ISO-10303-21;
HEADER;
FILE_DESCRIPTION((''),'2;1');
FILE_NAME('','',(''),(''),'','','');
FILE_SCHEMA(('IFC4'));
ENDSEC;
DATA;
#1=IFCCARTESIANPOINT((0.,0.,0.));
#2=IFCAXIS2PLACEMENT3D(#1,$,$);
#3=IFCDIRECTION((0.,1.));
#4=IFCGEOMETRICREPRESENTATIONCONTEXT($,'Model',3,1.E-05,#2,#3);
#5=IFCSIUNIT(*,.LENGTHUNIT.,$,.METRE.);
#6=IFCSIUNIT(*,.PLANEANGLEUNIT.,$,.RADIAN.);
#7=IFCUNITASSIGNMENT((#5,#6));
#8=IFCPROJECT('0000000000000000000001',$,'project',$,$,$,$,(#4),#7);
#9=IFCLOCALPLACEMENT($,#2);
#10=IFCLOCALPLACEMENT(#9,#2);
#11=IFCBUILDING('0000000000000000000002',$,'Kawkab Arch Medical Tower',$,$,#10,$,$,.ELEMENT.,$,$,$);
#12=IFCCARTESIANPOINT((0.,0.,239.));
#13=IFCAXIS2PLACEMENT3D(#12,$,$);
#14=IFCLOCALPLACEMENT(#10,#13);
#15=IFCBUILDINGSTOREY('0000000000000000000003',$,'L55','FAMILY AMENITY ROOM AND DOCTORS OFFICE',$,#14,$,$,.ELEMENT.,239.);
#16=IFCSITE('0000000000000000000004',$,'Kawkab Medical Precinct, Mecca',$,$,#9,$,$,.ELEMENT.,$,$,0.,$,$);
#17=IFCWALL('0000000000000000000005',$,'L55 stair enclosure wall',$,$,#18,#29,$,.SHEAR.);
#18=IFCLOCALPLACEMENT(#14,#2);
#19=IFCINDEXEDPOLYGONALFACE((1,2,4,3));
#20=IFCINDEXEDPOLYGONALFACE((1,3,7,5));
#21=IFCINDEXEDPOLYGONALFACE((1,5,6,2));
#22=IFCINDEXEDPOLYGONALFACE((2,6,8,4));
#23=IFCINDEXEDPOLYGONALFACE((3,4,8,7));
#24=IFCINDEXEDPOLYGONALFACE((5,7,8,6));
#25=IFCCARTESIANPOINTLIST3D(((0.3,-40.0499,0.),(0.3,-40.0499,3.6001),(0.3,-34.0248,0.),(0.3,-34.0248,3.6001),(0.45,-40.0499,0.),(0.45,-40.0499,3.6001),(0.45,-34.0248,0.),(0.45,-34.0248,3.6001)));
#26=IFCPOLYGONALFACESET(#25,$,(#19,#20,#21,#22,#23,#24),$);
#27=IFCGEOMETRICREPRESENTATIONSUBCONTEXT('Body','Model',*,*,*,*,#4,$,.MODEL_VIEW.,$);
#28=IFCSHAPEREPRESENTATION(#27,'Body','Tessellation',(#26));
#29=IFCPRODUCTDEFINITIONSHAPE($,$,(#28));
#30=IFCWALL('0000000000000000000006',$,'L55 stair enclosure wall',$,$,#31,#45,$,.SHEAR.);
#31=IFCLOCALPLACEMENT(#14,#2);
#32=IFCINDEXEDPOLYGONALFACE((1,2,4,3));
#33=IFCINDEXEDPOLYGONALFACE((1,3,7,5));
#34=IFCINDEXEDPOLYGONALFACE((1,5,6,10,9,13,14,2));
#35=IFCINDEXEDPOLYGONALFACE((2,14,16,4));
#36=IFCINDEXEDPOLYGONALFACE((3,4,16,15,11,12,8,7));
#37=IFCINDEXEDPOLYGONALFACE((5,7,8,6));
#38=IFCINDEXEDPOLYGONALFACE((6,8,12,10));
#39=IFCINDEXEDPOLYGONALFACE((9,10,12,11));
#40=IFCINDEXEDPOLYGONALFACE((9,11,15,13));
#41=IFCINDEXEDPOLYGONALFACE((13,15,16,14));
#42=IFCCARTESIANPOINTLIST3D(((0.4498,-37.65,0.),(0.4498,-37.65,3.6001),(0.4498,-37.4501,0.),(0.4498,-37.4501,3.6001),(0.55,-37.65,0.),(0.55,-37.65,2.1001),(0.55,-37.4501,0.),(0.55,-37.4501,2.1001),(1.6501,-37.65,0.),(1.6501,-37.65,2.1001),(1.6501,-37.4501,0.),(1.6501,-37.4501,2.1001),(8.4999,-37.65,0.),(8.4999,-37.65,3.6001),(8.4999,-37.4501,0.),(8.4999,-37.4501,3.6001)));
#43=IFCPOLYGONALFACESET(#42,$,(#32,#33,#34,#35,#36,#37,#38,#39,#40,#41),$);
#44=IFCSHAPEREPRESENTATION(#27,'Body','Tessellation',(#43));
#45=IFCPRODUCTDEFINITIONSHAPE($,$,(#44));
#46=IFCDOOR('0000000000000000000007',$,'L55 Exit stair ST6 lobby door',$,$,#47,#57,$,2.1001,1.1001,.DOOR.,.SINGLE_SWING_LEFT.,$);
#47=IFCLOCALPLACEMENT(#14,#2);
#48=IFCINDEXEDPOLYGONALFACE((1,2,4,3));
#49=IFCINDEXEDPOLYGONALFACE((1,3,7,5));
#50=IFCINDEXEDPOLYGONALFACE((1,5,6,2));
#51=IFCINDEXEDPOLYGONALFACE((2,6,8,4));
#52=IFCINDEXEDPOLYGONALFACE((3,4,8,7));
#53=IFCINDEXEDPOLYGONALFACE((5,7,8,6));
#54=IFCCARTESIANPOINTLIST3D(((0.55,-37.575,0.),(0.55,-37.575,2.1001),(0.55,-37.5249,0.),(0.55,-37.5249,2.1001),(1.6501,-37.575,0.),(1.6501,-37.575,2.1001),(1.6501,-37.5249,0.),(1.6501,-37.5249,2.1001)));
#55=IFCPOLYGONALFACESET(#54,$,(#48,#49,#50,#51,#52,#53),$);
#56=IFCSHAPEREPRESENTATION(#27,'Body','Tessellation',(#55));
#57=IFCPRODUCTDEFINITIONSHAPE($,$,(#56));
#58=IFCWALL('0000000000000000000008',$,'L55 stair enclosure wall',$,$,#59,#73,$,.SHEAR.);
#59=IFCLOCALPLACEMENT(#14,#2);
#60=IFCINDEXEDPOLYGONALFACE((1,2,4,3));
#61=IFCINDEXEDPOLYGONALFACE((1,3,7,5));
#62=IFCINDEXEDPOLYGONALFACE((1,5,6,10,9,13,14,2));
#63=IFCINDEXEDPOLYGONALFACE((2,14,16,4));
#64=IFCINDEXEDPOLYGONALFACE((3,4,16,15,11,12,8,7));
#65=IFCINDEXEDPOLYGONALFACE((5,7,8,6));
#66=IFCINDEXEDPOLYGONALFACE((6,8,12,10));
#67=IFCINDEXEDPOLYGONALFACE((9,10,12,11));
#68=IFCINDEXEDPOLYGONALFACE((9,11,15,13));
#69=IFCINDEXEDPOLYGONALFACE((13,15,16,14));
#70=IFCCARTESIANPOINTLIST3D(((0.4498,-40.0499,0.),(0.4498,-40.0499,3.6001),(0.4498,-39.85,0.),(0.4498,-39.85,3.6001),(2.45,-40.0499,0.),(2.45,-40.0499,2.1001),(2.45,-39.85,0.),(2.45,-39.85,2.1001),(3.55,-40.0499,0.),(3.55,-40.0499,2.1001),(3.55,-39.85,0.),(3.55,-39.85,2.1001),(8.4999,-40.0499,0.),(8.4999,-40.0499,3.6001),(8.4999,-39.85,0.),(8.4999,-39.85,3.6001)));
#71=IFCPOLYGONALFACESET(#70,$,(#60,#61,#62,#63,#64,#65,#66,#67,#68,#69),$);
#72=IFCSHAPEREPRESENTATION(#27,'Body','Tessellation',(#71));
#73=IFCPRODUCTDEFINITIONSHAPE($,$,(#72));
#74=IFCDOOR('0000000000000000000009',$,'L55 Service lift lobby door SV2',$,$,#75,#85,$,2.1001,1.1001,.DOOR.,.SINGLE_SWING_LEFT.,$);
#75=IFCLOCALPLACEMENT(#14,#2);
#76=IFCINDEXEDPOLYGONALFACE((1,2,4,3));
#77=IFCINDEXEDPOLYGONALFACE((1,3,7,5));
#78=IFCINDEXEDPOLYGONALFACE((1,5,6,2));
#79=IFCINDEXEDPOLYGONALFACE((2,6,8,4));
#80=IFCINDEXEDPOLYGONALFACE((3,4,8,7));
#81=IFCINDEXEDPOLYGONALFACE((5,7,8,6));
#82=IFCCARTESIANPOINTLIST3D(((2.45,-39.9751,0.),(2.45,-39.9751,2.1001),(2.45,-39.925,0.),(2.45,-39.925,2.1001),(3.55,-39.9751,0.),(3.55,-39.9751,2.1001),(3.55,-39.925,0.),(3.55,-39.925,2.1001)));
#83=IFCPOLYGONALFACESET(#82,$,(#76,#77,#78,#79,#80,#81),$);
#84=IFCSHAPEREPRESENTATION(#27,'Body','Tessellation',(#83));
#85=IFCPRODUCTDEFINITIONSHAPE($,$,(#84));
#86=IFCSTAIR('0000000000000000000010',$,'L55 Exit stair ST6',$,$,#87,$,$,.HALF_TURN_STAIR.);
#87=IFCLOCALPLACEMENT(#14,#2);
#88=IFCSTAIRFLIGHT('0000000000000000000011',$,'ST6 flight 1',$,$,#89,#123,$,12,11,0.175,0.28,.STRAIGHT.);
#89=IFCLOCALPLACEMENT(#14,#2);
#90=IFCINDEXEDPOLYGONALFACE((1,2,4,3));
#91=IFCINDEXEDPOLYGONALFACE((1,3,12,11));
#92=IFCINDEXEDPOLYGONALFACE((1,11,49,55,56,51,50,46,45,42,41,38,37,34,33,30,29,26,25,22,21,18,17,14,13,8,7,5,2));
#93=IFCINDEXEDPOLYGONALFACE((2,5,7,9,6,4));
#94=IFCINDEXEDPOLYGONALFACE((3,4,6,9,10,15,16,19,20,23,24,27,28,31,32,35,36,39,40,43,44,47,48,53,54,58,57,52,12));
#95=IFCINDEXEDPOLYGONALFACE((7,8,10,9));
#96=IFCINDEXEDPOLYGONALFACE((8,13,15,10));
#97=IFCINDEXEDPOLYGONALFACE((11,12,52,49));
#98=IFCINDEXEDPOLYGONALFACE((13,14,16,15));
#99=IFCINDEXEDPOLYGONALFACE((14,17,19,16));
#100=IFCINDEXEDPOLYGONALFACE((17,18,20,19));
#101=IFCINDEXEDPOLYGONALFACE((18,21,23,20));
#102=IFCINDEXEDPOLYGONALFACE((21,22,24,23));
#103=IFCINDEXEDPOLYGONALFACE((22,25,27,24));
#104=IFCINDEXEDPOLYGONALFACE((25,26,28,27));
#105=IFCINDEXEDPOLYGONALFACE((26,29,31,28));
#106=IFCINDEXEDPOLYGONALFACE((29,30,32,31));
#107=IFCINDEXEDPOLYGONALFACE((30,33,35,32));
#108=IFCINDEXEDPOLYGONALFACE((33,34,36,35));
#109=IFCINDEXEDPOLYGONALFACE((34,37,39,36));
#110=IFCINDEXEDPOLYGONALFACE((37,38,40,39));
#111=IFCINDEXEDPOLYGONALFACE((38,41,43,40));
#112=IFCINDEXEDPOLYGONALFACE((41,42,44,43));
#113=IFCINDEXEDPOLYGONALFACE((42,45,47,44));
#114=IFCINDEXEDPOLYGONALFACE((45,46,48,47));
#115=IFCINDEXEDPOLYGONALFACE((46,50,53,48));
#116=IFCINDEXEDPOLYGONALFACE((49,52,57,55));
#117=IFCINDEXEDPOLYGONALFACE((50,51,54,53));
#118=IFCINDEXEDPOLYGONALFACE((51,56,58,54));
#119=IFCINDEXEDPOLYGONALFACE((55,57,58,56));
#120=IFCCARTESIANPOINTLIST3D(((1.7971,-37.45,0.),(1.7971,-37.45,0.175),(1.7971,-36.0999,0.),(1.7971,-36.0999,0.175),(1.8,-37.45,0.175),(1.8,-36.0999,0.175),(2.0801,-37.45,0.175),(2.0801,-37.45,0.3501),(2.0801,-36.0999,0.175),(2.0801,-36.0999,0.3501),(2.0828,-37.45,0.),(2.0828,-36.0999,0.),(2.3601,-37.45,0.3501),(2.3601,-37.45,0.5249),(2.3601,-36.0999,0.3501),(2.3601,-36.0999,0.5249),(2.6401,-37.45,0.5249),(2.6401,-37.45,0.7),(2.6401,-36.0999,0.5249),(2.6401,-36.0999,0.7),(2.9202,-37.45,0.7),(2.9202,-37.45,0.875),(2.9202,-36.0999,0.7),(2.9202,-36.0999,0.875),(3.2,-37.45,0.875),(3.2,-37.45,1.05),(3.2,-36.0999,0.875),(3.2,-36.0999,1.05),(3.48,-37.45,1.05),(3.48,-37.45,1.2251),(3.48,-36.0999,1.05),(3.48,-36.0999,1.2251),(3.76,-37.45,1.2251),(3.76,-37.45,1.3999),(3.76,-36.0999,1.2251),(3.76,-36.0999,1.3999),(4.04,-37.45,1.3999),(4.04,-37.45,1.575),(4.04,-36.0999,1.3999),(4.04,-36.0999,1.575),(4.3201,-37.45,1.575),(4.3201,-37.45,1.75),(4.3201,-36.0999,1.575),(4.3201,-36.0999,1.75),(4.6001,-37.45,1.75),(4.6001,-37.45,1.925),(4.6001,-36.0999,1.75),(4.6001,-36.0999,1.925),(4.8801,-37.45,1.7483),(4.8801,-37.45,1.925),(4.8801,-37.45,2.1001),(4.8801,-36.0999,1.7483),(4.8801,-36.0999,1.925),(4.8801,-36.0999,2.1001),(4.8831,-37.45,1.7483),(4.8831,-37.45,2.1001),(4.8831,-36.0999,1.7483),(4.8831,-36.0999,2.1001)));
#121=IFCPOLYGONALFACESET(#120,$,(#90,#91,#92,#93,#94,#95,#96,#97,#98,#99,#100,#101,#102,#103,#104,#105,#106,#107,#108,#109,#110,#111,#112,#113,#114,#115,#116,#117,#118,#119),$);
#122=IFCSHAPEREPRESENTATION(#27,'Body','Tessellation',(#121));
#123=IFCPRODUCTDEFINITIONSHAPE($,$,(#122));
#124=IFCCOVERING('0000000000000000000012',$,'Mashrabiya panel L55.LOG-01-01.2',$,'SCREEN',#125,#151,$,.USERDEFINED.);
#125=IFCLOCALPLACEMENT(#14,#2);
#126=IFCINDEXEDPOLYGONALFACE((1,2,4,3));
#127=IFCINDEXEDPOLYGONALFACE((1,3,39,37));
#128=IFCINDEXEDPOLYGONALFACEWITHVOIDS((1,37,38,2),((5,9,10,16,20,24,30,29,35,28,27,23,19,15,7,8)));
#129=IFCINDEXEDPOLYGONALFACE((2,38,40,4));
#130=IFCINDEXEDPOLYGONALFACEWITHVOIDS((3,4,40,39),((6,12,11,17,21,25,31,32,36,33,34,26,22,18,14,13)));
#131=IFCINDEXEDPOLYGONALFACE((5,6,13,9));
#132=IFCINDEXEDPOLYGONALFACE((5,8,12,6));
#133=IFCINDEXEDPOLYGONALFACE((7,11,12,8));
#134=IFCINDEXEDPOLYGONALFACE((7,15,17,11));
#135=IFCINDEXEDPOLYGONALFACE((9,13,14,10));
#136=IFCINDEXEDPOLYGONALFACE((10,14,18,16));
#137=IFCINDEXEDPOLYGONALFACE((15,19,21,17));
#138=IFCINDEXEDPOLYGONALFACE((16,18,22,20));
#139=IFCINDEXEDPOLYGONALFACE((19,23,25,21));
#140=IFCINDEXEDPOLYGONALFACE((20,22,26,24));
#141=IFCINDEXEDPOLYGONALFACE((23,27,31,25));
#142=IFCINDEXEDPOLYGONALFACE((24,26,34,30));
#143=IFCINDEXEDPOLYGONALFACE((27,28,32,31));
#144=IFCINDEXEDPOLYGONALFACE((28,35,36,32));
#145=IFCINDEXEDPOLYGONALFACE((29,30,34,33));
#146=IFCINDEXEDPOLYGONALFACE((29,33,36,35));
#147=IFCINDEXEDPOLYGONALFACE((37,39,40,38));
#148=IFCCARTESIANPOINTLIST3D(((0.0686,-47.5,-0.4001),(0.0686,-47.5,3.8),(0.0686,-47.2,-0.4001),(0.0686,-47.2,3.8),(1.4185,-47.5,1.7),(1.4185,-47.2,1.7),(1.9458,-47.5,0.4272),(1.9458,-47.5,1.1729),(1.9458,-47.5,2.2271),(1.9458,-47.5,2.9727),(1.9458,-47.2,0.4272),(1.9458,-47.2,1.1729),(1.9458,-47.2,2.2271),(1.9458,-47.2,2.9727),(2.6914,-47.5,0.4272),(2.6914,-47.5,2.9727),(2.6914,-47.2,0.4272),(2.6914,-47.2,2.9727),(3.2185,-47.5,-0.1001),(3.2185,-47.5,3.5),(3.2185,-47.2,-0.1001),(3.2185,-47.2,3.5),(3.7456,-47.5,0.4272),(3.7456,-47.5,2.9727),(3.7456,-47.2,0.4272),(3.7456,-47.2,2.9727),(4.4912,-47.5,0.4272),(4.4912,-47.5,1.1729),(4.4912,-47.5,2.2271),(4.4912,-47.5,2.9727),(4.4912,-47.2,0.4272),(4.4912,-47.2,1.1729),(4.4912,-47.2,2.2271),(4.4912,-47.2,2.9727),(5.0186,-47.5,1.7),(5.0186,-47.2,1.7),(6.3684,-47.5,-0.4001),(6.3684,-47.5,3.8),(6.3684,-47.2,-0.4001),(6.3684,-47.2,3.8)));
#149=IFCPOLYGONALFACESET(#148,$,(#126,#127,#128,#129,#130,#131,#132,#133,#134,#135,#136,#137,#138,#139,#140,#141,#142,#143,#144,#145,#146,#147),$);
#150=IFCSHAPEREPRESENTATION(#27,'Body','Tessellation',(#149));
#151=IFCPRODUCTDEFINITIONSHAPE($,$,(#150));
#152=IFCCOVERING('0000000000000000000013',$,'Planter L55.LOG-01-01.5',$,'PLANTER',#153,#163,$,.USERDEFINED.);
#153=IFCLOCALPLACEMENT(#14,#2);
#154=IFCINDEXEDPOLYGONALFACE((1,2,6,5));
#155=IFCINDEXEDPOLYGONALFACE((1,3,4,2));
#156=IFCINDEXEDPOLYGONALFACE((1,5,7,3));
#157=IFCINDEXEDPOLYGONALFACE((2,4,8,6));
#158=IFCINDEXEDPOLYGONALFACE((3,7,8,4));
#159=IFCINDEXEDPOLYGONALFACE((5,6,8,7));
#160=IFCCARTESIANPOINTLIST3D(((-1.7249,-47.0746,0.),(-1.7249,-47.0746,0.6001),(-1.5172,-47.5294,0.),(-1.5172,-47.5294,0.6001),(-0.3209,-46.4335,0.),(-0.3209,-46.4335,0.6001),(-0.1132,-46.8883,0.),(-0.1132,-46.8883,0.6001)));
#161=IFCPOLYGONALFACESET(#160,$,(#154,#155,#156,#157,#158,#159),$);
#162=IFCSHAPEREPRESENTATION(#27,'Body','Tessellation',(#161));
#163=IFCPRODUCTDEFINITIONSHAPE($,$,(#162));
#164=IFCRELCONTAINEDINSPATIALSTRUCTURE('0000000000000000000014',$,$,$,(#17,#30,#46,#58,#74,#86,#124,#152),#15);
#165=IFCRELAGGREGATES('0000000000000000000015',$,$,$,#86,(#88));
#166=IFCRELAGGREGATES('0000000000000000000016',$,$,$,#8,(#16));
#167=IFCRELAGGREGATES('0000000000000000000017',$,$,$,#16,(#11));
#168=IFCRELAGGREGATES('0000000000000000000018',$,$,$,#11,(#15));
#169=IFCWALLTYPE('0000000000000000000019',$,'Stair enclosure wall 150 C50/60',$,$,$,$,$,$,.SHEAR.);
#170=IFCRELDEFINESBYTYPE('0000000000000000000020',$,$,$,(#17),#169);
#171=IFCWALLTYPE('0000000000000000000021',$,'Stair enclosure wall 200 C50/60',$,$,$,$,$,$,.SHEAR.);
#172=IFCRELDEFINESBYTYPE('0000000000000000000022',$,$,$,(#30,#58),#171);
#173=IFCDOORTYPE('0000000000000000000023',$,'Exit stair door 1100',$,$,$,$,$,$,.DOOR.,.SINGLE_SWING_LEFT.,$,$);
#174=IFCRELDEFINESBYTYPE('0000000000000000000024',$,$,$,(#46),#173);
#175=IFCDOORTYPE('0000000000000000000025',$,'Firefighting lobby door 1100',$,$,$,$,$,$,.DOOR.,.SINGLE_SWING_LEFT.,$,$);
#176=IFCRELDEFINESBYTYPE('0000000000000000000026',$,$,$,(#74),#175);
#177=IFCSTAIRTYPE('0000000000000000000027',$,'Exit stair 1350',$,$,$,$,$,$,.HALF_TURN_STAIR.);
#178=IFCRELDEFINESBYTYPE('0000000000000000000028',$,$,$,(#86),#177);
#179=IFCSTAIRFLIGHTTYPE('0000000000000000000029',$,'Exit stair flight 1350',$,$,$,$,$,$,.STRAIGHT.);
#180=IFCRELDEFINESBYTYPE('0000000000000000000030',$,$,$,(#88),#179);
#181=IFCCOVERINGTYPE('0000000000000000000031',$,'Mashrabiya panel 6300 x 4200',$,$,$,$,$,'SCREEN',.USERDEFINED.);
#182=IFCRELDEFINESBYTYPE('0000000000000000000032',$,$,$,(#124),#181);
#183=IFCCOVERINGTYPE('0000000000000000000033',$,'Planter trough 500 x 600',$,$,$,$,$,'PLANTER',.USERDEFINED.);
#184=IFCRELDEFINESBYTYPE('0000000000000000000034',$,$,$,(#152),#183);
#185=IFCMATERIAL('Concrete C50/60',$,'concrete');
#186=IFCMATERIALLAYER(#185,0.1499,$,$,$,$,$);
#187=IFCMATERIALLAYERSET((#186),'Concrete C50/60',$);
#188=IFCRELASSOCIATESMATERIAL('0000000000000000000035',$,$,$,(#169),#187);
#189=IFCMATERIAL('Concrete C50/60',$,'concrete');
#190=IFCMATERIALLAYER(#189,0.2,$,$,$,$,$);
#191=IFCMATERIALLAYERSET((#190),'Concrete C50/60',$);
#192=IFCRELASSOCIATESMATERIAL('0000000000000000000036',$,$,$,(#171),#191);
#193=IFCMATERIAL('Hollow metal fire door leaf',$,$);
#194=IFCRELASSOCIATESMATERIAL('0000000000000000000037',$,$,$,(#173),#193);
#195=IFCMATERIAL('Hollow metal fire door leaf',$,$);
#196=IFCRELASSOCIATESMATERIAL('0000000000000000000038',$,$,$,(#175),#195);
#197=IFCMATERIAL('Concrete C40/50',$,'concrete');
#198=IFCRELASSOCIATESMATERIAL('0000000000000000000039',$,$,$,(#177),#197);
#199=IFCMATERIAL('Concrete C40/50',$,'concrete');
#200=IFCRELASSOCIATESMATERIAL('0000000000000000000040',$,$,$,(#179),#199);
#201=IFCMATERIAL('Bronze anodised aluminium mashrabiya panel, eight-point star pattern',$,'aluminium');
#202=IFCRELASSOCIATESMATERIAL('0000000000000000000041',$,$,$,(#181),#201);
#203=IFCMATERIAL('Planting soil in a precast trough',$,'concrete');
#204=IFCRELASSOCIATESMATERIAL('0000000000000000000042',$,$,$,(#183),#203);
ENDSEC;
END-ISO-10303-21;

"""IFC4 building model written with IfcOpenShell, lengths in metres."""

from ifc_helpers import new_model, si_unit, direction, frame, frame_2d, origin, origin_2d, place, context, subcontext, project, spatial, polyline, rectangle, outline, extrude, material, layer, layer_set, material_profile, profile_set, type_object, element, fill, aggregate, save


model = new_model("IFC4")

# Units and contexts
model_context = context("Model", 3, precision=1e-05, world=origin(), true_north=direction((0.0, 1.0)))
body_context = subcontext(model_context, "Body", "Model", "MODEL_VIEW")
ifc_project = project(units=[si_unit("LENGTHUNIT", "METRE"), si_unit("PLANEANGLEUNIT", "RADIAN")], contexts=[model_context])

# Site, building, storey
site_placement = place(None, origin())
site = spatial("IfcSite", under=ifc_project, at=site_placement, Name="Kawkab Medical Precinct, Mecca", CompositionType="ELEMENT", RefElevation=0.0)
building_placement = place(site_placement, origin())
building = spatial("IfcBuilding", under=site, at=building_placement, Name="Kawkab Arch Medical Tower", CompositionType="ELEMENT")
storey_placement = place(building_placement, frame((0.0, 0.0, 239.0)))
storey = spatial("IfcBuildingStorey", under=building, at=storey_placement, Name="L55", Description="FAMILY AMENITY ROOM AND DOCTORS OFFICE", CompositionType="ELEMENT", Elevation=239.0)

# Shared definitions
placement = place(storey_placement, origin())

# Wall
ifc_material_1 = material(Name="Concrete C50/60", Category="concrete")
ifc_layer_1 = layer(ifc_material_1, 0.1499)
ifc_layer_set_1 = layer_set([ifc_layer_1], Name="Concrete C50/60")
wall_type_1 = type_object("IfcWallType", Name="Stair enclosure wall 150 C50/60", PredefinedType="SHEAR", material=ifc_layer_set_1)
wall_1_placement = place(storey_placement, frame((0.375, -40.05, 0.0), z_axis=(0.0, 0.0, 1.0), x_axis=(0.0, 1.0, 0.0)))
element("IfcWall", 1, at=wall_1_placement, inside=storey, type_object=wall_type_1, Name="L55 stair enclosure wall", PredefinedType="SHEAR", context=body_context, shape_type="SweptSolid", body=[
    extrude(rectangle(XDim=6.0251, YDim=0.1499, at=frame_2d((3.0127, 0.0))), origin(), (0.0, 0.0, 1.0), 3.6001),
])

# Walls, openings, doors
ifc_material_2 = material(Name="Concrete C50/60", Category="concrete")
ifc_layer_2 = layer(ifc_material_2, 0.2)
ifc_layer_set_2 = layer_set([ifc_layer_2], Name="Concrete C50/60")
wall_type_2 = type_object("IfcWallType", Name="Stair enclosure wall 200 C50/60", PredefinedType="SHEAR", material=ifc_layer_set_2)
wall_2_placement = place(storey_placement, frame((0.45, -37.55, 0.0), z_axis=(0.0, 0.0, 1.0), x_axis=(1.0, 0.0, 0.0)))
wall_2 = element("IfcWall", 2, at=wall_2_placement, inside=storey, type_object=wall_type_2, Name="L55 stair enclosure wall", PredefinedType="SHEAR", context=body_context, shape_type="SweptSolid", body=[
    extrude(rectangle(XDim=8.05, YDim=0.2, at=frame_2d((4.0249, 0.0))), origin(), (0.0, 0.0, 1.0), 3.6001),
])
opening_1_placement = place(wall_2_placement, frame((0.1001, 0.0, 0.0)))
opening_1 = element("IfcOpeningElement", 3, at=opening_1_placement, cuts=wall_2, PredefinedType="OPENING", context=body_context, shape_type="SweptSolid", body=[
    extrude(rectangle(XDim=1.1001, YDim=2.1001, at=frame_2d((0.55, 1.05))), frame((0.0, 0.1099, 0.0), z_axis=(0.0, -1.0, 0.0), x_axis=(1.0, 0.0, 0.0)), (0.0, 0.0, 1.0), 0.22),
])
ifc_material_3 = material(Name="Hollow metal fire door leaf")
door_type_1 = type_object("IfcDoorType", Name="Exit stair door 1100", OperationType="SINGLE_SWING_LEFT", PredefinedType="DOOR", material=ifc_material_3)
door_1_placement = place(opening_1_placement, frame((1.1001, 0.0, 0.0), z_axis=(0.0, 0.0, 1.0), x_axis=(-1.0, 0.0, 0.0)))
door_1 = element("IfcDoor", 4, at=door_1_placement, inside=storey, type_object=door_type_1, Name="L55 Exit stair ST6 lobby door", OperationType="SINGLE_SWING_LEFT", OverallHeight=2.1001, OverallWidth=1.1001, PredefinedType="DOOR", context=body_context, shape_type="SweptSolid", body=[
    extrude(rectangle(XDim=1.1001, YDim=2.1001, at=frame_2d((0.55, 1.05))), frame((0.0, 0.0249, 0.0), z_axis=(0.0, -1.0, 0.0), x_axis=(1.0, 0.0, 0.0)), (0.0, 0.0, 1.0), 0.05),
])
fill(opening_1, door_1)
wall_3_placement = place(storey_placement, frame((0.45, -39.95, 0.0), z_axis=(0.0, 0.0, 1.0), x_axis=(1.0, 0.0, 0.0)))
wall_3 = element("IfcWall", 5, at=wall_3_placement, inside=storey, type_object=wall_type_2, Name="L55 stair enclosure wall", PredefinedType="SHEAR", context=body_context, shape_type="SweptSolid", body=[
    extrude(rectangle(XDim=8.05, YDim=0.2, at=frame_2d((4.0249, 0.0))), origin(), (0.0, 0.0, 1.0), 3.6001),
])
opening_2_placement = place(wall_3_placement, frame((2.0, 0.0, 0.0)))
opening_2 = element("IfcOpeningElement", 6, at=opening_2_placement, cuts=wall_3, PredefinedType="OPENING", context=body_context, shape_type="SweptSolid", body=[
    extrude(rectangle(XDim=1.1001, YDim=2.1001, at=frame_2d((0.55, 1.05))), frame((0.0, 0.1099, 0.0), z_axis=(0.0, -1.0, 0.0), x_axis=(1.0, 0.0, 0.0)), (0.0, 0.0, 1.0), 0.22),
])
ifc_material_4 = material(Name="Hollow metal fire door leaf")
door_type_2 = type_object("IfcDoorType", Name="Firefighting lobby door 1100", OperationType="SINGLE_SWING_LEFT", PredefinedType="DOOR", material=ifc_material_4)
door_2_placement = place(opening_2_placement, origin())
door_2 = element("IfcDoor", 7, at=door_2_placement, inside=storey, type_object=door_type_2, Name="L55 Service lift lobby door SV2", OperationType="SINGLE_SWING_LEFT", OverallHeight=2.1001, OverallWidth=1.1001, PredefinedType="DOOR", context=body_context, shape_type="SweptSolid", body=[
    extrude(rectangle(XDim=1.1001, YDim=2.1001, at=frame_2d((0.55, 1.05))), frame((0.0, 0.0249, 0.0), z_axis=(0.0, -1.0, 0.0), x_axis=(1.0, 0.0, 0.0)), (0.0, 0.0, 1.0), 0.05),
])
fill(opening_2, door_2)

# Stair, stair flight
ifc_material_5 = material(Name="Concrete C40/50", Category="concrete")
stair_type = type_object("IfcStairType", Name="Exit stair 1350", PredefinedType="HALF_TURN_STAIR", material=ifc_material_5)
stair = element("IfcStair", 8, at=placement, inside=storey, type_object=stair_type, Name="L55 Exit stair ST6", PredefinedType="HALF_TURN_STAIR")
ifc_material_6 = material(Name="Concrete C40/50", Category="concrete")
stair_flight_type = type_object("IfcStairFlightType", Name="Exit stair flight 1350", PredefinedType="STRAIGHT", material=ifc_material_6)
stair_flight_placement = place(storey_placement, frame((1.8, -36.7749, 0.0), z_axis=(0.0, 0.0, 1.0), x_axis=(1.0, 0.0, 0.0)))
stair_flight = element("IfcStairFlight", 9, at=stair_flight_placement, type_object=stair_flight_type, Name="ST6 flight 1", NumberOfRisers=12, NumberOfTreads=11, PredefinedType="STRAIGHT", RiserHeight=0.175, TreadLength=0.28, context=body_context, shape_type="SweptSolid", body=[
    extrude(outline(polyline([(-0.0029, 0.0), (-0.0029, 0.175), (0.0, 0.175), (0.28, 0.175), (0.28, 0.3501), (0.5601, 0.3501), (0.5601, 0.5249), (0.8401, 0.5249), (0.8401, 0.7), (1.1201, 0.7), (1.1201, 0.875), (1.3999, 0.875), (1.3999, 1.05), (1.6799, 1.05), (1.6799, 1.2251), (1.96, 1.2251), (1.96, 1.3999), (2.24, 1.3999), (2.24, 1.575), (2.52, 1.575), (2.52, 1.75), (2.8, 1.75), (2.8, 1.925), (3.0801, 1.925), (3.0801, 2.1001), (3.083, 2.1001), (3.083, 1.7483), (3.0801, 1.7483), (0.2827, 0.0), (-0.0029, 0.0)])), frame((0.0, 0.675, 0.0), z_axis=(0.0, -1.0, 0.0), x_axis=(1.0, 0.0, 0.0)), (0.0, 0.0, 1.0), 1.3501),
])
aggregate(stair, [stair_flight])

# Coverings
ifc_material_7 = material(Name="Bronze anodised aluminium mashrabiya panel, eight-point star pattern", Category="aluminium")
ifc_material_profile_1 = material_profile(ifc_material_7, outline(polyline([(-3.1499, -2.1001), (3.1499, -2.1001), (3.1499, 2.1001), (-3.1499, 2.1001), (-3.1499, -2.1001)]), holes=[polyline([(1.8, 0.0), (1.2727, 0.5271), (1.2727, 1.2727), (0.5271, 1.2727), (0.0, 1.8), (-0.5271, 1.2727), (-1.2727, 1.2727), (-1.2727, 0.5271), (-1.8, 0.0), (-1.2727, -0.5271), (-1.2727, -1.2727), (-0.5271, -1.2727), (0.0, -1.8), (0.5271, -1.2727), (1.2727, -1.2727), (1.2727, -0.5271), (1.8, 0.0)])]), Name="Mashrabiya panel 6300x4200")
ifc_profile_set_1 = profile_set([ifc_material_profile_1], Name="Bronze anodised aluminium mashrabiya panel, eight-point star pattern")
covering_type_1 = type_object("IfcCoveringType", Name="Mashrabiya panel 6300 x 4200", ElementType="SCREEN", PredefinedType="USERDEFINED", material=ifc_profile_set_1)
covering_1_placement = place(storey_placement, frame((3.2185, -47.2, 1.7), z_axis=(0.0, -1.0, 0.0), x_axis=(1.0, 0.0, 0.0)))
element("IfcCovering", 10, at=covering_1_placement, inside=storey, type_object=covering_type_1, Name="Mashrabiya panel L55.LOG-01-01.2", ObjectType="SCREEN", PredefinedType="USERDEFINED", context=body_context, shape_type="SweptSolid", body=[
    extrude(outline(polyline([(-3.1499, -2.1001), (3.1499, -2.1001), (3.1499, 2.1001), (-3.1499, 2.1001), (-3.1499, -2.1001)]), holes=[polyline([(1.8, 0.0), (1.2727, 0.5271), (1.2727, 1.2727), (0.5271, 1.2727), (0.0, 1.8), (-0.5271, 1.2727), (-1.2727, 1.2727), (-1.2727, 0.5271), (-1.8, 0.0), (-1.2727, -0.5271), (-1.2727, -1.2727), (-0.5271, -1.2727), (0.0, -1.8), (0.5271, -1.2727), (1.2727, -1.2727), (1.2727, -0.5271), (1.8, 0.0)])]), origin(), (0.0, 0.0, 1.0), 0.3),
])
ifc_material_8 = material(Name="Planting soil in a precast trough", Category="concrete")
ifc_material_profile_2 = material_profile(ifc_material_8, rectangle(XDim=0.5, YDim=0.6001, at=origin_2d()), Name="Trough 500x600")
ifc_profile_set_2 = profile_set([ifc_material_profile_2], Name="Planting soil in a precast trough")
covering_type_2 = type_object("IfcCoveringType", Name="Planter trough 500 x 600", ElementType="PLANTER", PredefinedType="USERDEFINED", material=ifc_profile_set_2)
covering_2_placement = place(storey_placement, frame((-0.217, -46.6609, 0.3), z_axis=(-0.909656, -0.415363, 0.0), x_axis=(0.415363, -0.909656, 0.0)))
element("IfcCovering", 11, at=covering_2_placement, inside=storey, type_object=covering_type_2, Name="Planter L55.LOG-01-01.5", ObjectType="PLANTER", PredefinedType="USERDEFINED", context=body_context, shape_type="SweptSolid", body=[
    extrude(rectangle(XDim=0.5, YDim=0.6001, at=origin_2d()), origin(), (0.0, 0.0, 1.0), 1.5435),
])

save(model, "model.ifc")
